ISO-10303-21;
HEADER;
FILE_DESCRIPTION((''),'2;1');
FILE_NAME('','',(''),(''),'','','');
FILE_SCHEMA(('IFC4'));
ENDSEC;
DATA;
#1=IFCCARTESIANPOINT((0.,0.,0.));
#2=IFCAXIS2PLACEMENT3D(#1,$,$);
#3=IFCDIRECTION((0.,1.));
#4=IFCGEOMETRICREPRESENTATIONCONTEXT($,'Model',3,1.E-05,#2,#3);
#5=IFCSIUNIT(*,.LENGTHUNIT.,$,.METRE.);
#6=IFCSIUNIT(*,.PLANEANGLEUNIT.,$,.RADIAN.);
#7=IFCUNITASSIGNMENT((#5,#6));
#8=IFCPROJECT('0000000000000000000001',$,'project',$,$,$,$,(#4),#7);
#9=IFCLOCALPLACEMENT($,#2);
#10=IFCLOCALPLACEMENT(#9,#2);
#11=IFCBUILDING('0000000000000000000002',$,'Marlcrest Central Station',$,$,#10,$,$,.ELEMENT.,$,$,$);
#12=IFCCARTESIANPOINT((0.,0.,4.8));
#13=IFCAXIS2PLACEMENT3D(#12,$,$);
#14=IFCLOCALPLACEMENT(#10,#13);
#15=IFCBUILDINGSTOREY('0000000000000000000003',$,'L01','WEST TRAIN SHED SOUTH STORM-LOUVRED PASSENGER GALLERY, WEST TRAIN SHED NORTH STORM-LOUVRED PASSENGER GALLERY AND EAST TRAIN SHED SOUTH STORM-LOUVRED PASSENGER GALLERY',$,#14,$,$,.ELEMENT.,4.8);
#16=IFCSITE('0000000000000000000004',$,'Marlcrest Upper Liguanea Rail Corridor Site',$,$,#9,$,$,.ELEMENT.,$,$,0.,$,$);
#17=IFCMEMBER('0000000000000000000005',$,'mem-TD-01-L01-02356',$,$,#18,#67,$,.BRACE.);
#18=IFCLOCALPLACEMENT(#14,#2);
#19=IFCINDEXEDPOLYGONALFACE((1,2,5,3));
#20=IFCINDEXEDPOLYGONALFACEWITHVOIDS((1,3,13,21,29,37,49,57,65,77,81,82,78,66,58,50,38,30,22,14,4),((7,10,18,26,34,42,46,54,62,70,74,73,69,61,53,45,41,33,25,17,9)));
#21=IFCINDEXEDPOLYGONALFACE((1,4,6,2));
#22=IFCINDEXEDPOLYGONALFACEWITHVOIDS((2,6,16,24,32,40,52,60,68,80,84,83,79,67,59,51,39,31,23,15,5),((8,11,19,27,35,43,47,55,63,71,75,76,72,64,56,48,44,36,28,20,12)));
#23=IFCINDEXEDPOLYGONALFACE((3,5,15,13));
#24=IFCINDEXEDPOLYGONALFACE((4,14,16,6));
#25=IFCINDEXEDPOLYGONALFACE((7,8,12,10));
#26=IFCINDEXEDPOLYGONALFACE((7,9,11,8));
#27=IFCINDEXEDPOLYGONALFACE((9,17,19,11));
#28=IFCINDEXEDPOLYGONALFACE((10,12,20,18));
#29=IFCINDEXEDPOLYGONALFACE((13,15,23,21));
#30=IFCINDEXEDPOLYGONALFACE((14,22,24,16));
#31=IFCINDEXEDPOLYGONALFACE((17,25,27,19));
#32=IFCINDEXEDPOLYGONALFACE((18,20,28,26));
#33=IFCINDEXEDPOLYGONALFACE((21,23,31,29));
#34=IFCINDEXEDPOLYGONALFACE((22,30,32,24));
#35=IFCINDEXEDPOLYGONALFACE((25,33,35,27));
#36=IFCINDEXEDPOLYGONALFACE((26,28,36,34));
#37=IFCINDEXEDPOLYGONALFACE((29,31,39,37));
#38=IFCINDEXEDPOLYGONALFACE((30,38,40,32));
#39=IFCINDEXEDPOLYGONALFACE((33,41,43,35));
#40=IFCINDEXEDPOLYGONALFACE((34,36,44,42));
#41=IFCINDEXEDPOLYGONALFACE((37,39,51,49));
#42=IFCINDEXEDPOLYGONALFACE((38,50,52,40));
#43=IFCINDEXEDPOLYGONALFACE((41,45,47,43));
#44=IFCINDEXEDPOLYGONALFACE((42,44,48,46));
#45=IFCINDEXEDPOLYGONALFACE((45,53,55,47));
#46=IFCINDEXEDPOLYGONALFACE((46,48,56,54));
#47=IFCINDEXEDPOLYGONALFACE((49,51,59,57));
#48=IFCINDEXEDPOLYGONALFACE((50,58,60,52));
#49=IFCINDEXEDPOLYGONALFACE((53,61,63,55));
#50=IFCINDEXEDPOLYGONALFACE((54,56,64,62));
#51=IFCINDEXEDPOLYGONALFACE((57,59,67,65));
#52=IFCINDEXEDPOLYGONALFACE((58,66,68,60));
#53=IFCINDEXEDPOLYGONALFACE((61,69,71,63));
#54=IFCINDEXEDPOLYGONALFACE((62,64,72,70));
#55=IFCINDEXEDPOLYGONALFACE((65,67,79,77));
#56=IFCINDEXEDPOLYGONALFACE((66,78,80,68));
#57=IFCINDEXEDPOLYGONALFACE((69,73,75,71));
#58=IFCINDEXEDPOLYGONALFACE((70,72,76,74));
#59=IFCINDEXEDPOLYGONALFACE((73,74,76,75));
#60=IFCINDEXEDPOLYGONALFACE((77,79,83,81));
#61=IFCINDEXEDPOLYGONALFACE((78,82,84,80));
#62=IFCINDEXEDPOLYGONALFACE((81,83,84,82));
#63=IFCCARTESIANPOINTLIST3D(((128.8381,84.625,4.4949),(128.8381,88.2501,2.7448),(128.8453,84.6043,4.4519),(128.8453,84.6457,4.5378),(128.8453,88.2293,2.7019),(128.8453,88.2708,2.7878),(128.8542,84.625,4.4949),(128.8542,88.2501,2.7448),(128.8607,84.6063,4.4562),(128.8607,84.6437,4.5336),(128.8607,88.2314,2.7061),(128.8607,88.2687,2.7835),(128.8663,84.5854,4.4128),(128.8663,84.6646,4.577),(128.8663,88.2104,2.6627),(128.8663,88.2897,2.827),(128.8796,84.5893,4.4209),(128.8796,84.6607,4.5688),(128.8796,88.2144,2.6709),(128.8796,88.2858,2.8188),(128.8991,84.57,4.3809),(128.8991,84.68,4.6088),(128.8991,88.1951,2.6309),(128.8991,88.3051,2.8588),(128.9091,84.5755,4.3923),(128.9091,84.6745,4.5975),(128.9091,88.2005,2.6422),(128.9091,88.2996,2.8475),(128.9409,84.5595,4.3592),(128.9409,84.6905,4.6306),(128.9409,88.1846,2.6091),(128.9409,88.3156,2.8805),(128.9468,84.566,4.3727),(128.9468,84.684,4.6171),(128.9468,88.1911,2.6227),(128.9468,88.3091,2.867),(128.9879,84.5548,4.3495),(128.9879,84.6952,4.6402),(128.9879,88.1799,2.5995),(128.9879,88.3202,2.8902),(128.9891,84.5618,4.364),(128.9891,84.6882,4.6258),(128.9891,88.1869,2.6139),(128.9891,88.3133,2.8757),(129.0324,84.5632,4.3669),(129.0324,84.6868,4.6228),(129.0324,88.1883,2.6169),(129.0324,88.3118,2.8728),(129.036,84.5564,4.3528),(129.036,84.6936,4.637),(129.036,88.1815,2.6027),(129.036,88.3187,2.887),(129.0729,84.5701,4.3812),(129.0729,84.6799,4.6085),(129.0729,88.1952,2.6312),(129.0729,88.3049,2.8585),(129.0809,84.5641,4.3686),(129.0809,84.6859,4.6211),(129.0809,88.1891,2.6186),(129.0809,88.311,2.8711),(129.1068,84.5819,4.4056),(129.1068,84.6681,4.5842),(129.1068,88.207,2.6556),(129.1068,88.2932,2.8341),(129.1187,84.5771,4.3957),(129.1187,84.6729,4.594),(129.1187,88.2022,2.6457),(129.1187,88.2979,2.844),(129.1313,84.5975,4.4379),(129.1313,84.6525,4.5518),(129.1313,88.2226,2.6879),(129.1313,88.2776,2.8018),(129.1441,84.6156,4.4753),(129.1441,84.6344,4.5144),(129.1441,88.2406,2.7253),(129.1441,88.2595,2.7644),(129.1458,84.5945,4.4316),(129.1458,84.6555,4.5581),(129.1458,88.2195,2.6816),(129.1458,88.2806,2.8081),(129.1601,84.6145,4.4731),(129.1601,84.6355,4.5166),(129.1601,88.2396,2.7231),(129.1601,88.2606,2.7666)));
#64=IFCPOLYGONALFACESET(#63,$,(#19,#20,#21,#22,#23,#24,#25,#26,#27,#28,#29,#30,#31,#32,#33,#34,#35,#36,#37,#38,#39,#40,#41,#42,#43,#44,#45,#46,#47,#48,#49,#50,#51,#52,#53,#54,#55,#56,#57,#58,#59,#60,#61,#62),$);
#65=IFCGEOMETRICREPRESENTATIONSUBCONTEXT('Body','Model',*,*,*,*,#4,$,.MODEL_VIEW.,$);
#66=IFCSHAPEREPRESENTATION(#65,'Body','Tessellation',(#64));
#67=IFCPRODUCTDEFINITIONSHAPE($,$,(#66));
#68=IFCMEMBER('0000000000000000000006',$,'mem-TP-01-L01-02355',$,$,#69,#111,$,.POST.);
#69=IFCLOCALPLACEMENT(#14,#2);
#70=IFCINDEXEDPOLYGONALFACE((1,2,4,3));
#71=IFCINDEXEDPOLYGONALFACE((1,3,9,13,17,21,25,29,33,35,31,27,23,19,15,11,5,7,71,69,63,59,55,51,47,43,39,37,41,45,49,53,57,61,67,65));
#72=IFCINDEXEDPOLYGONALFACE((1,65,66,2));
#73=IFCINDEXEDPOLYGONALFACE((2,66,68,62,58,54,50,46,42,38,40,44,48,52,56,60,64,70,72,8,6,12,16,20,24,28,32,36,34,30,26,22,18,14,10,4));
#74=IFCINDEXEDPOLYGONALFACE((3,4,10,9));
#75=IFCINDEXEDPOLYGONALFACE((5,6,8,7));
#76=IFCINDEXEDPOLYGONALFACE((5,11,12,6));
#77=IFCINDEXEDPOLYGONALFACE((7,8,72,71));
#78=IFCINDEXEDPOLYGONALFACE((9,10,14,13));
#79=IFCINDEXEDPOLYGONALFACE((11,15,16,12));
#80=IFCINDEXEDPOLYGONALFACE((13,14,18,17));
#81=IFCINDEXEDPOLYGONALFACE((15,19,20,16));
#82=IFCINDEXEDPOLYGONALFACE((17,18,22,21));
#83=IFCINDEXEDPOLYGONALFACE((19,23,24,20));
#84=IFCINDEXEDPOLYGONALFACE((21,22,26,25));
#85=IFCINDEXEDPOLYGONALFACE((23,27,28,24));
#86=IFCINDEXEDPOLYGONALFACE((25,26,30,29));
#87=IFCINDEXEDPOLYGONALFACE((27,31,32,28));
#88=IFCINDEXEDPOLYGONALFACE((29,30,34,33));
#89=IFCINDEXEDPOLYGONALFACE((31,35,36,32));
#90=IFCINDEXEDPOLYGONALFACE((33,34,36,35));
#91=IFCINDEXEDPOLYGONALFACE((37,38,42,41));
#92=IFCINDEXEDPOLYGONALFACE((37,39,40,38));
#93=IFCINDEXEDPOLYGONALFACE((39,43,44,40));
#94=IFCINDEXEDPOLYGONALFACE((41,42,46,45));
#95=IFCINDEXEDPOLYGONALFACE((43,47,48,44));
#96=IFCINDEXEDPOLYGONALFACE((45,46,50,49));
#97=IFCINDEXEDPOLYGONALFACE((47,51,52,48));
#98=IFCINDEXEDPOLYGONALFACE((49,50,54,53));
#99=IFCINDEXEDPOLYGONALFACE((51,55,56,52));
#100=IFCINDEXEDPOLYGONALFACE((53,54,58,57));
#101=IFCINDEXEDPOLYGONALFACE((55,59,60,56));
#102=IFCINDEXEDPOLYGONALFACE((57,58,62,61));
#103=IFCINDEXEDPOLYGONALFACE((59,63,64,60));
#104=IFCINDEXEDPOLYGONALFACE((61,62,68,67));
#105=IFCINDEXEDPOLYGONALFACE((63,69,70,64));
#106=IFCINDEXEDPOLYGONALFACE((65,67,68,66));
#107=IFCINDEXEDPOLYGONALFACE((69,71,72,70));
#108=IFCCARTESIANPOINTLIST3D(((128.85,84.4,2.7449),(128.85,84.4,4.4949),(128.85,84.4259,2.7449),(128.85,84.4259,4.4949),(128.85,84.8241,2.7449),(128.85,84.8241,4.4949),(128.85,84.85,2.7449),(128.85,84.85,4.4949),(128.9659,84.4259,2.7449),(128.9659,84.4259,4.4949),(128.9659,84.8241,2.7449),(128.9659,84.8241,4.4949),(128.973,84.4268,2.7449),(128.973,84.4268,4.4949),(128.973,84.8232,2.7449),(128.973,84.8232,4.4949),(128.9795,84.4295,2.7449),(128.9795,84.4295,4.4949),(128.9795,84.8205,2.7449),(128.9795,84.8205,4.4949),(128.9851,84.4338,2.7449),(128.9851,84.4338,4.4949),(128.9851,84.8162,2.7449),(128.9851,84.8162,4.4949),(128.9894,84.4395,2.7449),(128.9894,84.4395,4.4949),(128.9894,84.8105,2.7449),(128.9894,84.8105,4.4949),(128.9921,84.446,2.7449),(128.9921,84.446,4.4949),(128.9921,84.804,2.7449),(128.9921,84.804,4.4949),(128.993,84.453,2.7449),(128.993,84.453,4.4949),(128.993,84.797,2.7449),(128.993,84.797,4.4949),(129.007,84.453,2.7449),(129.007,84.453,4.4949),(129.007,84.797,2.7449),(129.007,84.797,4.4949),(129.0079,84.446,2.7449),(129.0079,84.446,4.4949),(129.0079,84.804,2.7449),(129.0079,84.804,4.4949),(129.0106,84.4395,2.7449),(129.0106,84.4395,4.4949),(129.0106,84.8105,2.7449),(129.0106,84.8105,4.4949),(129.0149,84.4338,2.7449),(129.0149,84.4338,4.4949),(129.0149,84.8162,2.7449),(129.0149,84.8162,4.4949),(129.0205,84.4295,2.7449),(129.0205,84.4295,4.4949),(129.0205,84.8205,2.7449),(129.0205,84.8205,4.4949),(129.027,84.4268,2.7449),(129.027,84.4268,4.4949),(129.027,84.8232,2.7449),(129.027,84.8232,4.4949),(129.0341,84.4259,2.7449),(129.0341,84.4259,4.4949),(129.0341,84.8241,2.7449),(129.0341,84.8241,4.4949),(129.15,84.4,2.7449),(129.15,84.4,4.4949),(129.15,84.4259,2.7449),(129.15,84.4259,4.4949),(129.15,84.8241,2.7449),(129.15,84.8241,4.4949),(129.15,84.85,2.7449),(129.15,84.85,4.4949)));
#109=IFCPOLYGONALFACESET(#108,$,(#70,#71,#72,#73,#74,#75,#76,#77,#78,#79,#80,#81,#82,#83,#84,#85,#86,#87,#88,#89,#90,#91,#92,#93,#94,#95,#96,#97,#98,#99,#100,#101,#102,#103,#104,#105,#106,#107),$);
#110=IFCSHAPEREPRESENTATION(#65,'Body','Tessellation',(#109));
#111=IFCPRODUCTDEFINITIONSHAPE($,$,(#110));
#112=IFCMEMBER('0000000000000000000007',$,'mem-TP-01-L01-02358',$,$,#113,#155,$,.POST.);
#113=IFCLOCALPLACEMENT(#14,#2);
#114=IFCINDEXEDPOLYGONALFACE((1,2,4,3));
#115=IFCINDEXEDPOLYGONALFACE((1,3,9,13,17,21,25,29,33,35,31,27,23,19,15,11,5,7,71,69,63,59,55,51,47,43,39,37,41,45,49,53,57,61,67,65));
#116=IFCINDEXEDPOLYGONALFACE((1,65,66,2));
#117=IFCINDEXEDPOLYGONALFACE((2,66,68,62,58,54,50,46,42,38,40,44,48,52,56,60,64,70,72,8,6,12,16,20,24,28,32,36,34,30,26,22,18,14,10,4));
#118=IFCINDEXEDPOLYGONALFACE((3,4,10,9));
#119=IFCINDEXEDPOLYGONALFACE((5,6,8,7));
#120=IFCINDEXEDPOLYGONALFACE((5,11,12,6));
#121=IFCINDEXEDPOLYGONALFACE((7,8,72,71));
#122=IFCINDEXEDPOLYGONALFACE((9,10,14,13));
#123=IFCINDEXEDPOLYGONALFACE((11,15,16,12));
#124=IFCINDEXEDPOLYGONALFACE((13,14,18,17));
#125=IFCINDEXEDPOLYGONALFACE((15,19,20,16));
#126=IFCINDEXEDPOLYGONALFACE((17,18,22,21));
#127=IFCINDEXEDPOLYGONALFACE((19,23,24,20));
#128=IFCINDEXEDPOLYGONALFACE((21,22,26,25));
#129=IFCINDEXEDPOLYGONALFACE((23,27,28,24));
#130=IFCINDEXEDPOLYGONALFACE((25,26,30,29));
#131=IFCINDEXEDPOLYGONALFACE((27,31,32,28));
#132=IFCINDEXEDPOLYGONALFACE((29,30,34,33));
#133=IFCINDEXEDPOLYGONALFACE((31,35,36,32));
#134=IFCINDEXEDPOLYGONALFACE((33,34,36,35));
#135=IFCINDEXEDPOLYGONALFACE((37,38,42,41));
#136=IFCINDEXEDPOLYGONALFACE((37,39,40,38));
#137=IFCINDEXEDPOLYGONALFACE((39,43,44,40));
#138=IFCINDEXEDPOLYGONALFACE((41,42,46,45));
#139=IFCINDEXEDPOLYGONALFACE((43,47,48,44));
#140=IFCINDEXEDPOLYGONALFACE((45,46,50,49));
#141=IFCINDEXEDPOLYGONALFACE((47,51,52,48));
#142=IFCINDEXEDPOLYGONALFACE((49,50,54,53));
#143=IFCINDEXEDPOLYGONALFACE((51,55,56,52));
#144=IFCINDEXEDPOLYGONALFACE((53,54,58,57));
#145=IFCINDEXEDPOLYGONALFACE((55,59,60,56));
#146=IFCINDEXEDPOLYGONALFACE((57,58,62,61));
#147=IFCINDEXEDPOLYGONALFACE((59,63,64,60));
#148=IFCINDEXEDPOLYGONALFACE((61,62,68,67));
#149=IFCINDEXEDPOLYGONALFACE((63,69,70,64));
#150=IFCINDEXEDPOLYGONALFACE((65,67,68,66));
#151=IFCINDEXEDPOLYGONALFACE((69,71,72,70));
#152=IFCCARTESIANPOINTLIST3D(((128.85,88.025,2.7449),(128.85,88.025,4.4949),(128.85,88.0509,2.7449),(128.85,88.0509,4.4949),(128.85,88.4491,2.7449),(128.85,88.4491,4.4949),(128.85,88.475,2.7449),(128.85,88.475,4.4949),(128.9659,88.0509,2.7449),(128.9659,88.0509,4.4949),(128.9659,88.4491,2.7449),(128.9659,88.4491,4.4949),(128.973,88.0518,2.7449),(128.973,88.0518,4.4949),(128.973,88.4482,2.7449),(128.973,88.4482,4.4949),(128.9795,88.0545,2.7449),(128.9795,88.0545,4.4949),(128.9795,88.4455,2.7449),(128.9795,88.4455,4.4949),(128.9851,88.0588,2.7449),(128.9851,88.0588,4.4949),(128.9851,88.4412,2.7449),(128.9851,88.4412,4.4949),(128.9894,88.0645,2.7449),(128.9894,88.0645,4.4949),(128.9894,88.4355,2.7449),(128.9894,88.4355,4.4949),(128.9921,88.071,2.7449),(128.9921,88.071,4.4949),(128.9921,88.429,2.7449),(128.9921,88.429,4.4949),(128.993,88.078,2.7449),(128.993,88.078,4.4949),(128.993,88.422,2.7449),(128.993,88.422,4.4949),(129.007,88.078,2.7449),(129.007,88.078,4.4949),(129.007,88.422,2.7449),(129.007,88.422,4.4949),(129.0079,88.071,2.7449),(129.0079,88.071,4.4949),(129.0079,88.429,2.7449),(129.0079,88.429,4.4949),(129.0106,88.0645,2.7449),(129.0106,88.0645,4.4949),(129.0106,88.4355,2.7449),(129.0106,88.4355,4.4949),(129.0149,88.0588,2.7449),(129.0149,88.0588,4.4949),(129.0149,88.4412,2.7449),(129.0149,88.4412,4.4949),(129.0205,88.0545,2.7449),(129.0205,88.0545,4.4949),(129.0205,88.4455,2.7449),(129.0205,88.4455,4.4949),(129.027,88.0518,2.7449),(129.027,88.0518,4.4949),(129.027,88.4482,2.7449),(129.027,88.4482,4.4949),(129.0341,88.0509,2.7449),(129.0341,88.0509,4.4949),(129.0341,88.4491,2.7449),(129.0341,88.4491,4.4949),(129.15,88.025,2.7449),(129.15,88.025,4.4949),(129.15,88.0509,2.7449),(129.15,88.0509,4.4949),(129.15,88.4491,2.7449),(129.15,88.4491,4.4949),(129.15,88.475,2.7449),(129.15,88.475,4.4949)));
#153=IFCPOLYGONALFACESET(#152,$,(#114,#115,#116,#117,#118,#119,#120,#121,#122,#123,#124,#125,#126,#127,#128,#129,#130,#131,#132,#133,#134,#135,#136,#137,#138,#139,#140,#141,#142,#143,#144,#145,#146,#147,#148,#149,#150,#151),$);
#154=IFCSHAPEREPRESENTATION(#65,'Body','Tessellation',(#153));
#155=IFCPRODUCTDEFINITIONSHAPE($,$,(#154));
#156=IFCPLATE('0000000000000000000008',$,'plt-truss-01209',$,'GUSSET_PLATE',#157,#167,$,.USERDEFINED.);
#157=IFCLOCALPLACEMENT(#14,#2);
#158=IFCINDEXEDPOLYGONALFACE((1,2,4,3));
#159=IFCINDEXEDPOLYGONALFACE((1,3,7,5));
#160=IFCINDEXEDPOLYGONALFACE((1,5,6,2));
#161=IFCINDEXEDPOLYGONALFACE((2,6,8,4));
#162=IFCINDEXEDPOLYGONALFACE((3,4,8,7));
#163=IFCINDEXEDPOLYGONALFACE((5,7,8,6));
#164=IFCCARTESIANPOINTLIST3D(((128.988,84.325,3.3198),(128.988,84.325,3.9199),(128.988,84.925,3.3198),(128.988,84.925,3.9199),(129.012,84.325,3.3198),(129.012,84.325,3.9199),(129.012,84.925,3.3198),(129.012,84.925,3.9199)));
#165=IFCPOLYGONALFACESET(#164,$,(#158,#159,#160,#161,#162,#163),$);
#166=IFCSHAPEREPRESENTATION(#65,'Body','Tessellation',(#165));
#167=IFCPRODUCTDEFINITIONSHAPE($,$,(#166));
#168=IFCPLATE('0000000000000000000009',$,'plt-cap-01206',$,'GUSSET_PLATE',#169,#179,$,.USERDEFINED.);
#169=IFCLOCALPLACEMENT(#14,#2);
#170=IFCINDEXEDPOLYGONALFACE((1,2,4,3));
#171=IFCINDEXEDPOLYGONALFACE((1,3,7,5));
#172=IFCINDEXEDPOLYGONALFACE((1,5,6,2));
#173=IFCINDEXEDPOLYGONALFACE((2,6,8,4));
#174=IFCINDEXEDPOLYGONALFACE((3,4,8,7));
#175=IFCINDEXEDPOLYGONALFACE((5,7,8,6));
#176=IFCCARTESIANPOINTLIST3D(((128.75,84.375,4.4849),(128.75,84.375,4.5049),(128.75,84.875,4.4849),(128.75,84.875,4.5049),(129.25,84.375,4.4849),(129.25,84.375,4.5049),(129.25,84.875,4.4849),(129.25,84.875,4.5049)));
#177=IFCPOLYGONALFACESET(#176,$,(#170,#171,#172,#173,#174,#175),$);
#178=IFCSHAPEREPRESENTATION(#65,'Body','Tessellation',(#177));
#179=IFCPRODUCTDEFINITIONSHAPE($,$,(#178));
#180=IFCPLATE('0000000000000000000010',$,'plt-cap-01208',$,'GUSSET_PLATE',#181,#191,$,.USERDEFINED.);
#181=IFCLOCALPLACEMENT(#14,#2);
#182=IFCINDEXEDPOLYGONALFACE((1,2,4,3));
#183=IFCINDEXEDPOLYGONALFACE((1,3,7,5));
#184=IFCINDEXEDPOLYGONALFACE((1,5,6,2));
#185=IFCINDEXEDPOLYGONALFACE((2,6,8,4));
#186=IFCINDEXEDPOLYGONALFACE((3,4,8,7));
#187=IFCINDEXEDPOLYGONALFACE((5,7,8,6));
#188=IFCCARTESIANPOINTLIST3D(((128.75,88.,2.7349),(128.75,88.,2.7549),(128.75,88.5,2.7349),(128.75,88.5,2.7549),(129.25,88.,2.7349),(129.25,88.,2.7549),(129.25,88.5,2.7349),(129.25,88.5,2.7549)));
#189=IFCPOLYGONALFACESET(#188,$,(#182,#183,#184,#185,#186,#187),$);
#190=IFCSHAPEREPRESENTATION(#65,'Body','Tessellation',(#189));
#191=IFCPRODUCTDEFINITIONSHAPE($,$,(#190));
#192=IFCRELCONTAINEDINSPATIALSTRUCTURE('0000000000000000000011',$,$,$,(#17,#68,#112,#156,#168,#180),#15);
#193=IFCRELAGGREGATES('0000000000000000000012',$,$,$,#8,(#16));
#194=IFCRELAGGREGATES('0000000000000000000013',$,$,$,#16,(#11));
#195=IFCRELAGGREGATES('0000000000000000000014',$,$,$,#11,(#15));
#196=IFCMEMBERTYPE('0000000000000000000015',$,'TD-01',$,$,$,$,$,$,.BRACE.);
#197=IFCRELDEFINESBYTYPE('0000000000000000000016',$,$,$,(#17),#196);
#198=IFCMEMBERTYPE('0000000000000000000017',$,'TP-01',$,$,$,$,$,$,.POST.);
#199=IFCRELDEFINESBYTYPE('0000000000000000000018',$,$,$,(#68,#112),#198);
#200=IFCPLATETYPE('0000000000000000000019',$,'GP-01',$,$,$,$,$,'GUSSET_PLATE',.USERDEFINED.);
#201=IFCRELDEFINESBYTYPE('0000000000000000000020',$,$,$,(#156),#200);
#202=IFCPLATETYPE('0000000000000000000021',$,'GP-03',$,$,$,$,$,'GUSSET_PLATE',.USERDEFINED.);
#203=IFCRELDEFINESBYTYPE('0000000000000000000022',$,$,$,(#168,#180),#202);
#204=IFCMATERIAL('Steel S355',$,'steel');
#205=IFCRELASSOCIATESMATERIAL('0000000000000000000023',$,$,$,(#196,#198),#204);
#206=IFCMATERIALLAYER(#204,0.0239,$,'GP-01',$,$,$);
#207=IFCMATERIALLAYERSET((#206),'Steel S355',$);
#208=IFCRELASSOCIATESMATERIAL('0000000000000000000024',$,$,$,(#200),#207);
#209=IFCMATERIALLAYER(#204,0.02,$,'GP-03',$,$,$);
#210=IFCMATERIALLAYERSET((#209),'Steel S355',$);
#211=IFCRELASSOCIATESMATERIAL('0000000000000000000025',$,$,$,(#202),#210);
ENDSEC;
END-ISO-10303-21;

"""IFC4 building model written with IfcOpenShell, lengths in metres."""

from ifc_helpers import new_model, si_unit, direction, frame, origin, origin_2d, place, context, subcontext, project, spatial, rectangle, hollow_circle, i_section, extrude, material, layer, layer_set, material_profile, profile_set, type_object, element, save


model = new_model("IFC4")

# Units and contexts
model_context = context("Model", 3, precision=1e-05, world=origin(), true_north=direction((0.0, 1.0)))
body_context = subcontext(model_context, "Body", "Model", "MODEL_VIEW")
ifc_project = project(units=[si_unit("LENGTHUNIT", "METRE"), si_unit("PLANEANGLEUNIT", "RADIAN")], contexts=[model_context])

# Site, building, storey
site_placement = place(None, origin())
site = spatial("IfcSite", under=ifc_project, at=site_placement, Name="Marlcrest Upper Liguanea Rail Corridor Site", CompositionType="ELEMENT", RefElevation=0.0)
building_placement = place(site_placement, origin())
building = spatial("IfcBuilding", under=site, at=building_placement, Name="Marlcrest Central Station", CompositionType="ELEMENT")
storey_placement = place(building_placement, frame((0.0, 0.0, 4.8)))
storey = spatial("IfcBuildingStorey", under=building, at=storey_placement, Name="L01", Description="WEST TRAIN SHED SOUTH STORM-LOUVRED PASSENGER GALLERY, WEST TRAIN SHED NORTH STORM-LOUVRED PASSENGER GALLERY AND EAST TRAIN SHED SOUTH STORM-LOUVRED PASSENGER GALLERY", CompositionType="ELEMENT", Elevation=4.8)

# Shared definitions
ifc_material = material(Name="Steel S355", Category="steel")

# Members
ifc_material_profile_1 = material_profile(ifc_material, hollow_circle(Radius=0.1619, WallThickness=0.0161, at=origin_2d()), Name="CHS 323.9x16")
ifc_profile_set_1 = profile_set([ifc_material_profile_1], Name="Steel S355")
member_type_1 = type_object("IfcMemberType", Name="TD-01", PredefinedType="BRACE", material=ifc_profile_set_1)
member_placement = place(storey_placement, frame((129.0, 84.625, 4.4949), z_axis=(0.0, 0.900552, -0.434749), x_axis=(-1.0, 0.0, 0.0)))
element("IfcMember", 1, at=member_placement, inside=storey, type_object=member_type_1, Name="mem-TD-01-L01-02356", PredefinedType="BRACE", context=body_context, shape_type="SweptSolid", body=[
    extrude(hollow_circle(Radius=0.1619, WallThickness=0.0161, at=origin_2d()), origin(), (0.0, 0.0, 1.0), 4.0254),
])
ifc_material_profile_2 = material_profile(ifc_material, i_section(OverallWidth=0.3, OverallDepth=0.45, WebThickness=0.0139, FlangeThickness=0.0259, FilletRadius=0.0271, at=origin_2d()), Name="HEB 450")
ifc_profile_set_2 = profile_set([ifc_material_profile_2], Name="Steel S355")
member_type_2 = type_object("IfcMemberType", Name="TP-01", PredefinedType="POST", material=ifc_profile_set_2)
for number, where, z_axis, x_axis, name in (
    (2, (129.0, 84.625, 2.7449), (0.0, 0.0, 1.0), (1.0, 0.0, 0.0), "mem-TP-01-L01-02355"),
    (3, (129.0, 88.25, 2.7449), (0.0, 0.0, 1.0), (1.0, 0.0, 0.0), "mem-TP-01-L01-02358"),
):
    element("IfcMember", number, at=place(storey_placement, frame(where, z_axis=z_axis, x_axis=x_axis)), inside=storey, type_object=member_type_2, Name=name, PredefinedType="POST", context=body_context, shape_type="SweptSolid", body=[
        extrude(i_section(OverallWidth=0.3, OverallDepth=0.45, WebThickness=0.0139, FlangeThickness=0.0259, FilletRadius=0.0271, at=origin_2d()), origin(), (0.0, 0.0, 1.0), 1.75),
    ])

# Plates
ifc_layer_1 = layer(ifc_material, 0.0239, Name="GP-01")
ifc_layer_set_1 = layer_set([ifc_layer_1], Name="Steel S355")
plate_type_1 = type_object("IfcPlateType", Name="GP-01", ElementType="GUSSET_PLATE", PredefinedType="USERDEFINED", material=ifc_layer_set_1)
plate_placement = place(storey_placement, frame((129.0, 84.625, 3.3198), z_axis=(0.0, 0.0, 1.0), x_axis=(1.0, 0.0, 0.0)))
element("IfcPlate", 4, at=plate_placement, inside=storey, type_object=plate_type_1, Name="plt-truss-01209", ObjectType="GUSSET_PLATE", PredefinedType="USERDEFINED", context=body_context, shape_type="SweptSolid", body=[
    extrude(rectangle(XDim=0.0239, YDim=0.6001, at=origin_2d()), origin(), (0.0, 0.0, 1.0), 0.6001),
])
ifc_layer_2 = layer(ifc_material, 0.02, Name="GP-03")
ifc_layer_set_2 = layer_set([ifc_layer_2], Name="Steel S355")
plate_type_2 = type_object("IfcPlateType", Name="GP-03", ElementType="GUSSET_PLATE", PredefinedType="USERDEFINED", material=ifc_layer_set_2)
for number, where, z_axis, x_axis, name in (
    (5, (129.0, 84.625, 4.4849), (0.0, 0.0, 1.0), (1.0, 0.0, 0.0), "plt-cap-01206"),
    (6, (129.0, 88.25, 2.7349), (0.0, 0.0, 1.0), (1.0, 0.0, 0.0), "plt-cap-01208"),
):
    element("IfcPlate", number, at=place(storey_placement, frame(where, z_axis=z_axis, x_axis=x_axis)), inside=storey, type_object=plate_type_2, Name=name, ObjectType="GUSSET_PLATE", PredefinedType="USERDEFINED", context=body_context, shape_type="SweptSolid", body=[
        extrude(rectangle(XDim=0.5, YDim=0.5, at=origin_2d()), origin(), (0.0, 0.0, 1.0), 0.02),
    ])

save(model, "model.ifc")
